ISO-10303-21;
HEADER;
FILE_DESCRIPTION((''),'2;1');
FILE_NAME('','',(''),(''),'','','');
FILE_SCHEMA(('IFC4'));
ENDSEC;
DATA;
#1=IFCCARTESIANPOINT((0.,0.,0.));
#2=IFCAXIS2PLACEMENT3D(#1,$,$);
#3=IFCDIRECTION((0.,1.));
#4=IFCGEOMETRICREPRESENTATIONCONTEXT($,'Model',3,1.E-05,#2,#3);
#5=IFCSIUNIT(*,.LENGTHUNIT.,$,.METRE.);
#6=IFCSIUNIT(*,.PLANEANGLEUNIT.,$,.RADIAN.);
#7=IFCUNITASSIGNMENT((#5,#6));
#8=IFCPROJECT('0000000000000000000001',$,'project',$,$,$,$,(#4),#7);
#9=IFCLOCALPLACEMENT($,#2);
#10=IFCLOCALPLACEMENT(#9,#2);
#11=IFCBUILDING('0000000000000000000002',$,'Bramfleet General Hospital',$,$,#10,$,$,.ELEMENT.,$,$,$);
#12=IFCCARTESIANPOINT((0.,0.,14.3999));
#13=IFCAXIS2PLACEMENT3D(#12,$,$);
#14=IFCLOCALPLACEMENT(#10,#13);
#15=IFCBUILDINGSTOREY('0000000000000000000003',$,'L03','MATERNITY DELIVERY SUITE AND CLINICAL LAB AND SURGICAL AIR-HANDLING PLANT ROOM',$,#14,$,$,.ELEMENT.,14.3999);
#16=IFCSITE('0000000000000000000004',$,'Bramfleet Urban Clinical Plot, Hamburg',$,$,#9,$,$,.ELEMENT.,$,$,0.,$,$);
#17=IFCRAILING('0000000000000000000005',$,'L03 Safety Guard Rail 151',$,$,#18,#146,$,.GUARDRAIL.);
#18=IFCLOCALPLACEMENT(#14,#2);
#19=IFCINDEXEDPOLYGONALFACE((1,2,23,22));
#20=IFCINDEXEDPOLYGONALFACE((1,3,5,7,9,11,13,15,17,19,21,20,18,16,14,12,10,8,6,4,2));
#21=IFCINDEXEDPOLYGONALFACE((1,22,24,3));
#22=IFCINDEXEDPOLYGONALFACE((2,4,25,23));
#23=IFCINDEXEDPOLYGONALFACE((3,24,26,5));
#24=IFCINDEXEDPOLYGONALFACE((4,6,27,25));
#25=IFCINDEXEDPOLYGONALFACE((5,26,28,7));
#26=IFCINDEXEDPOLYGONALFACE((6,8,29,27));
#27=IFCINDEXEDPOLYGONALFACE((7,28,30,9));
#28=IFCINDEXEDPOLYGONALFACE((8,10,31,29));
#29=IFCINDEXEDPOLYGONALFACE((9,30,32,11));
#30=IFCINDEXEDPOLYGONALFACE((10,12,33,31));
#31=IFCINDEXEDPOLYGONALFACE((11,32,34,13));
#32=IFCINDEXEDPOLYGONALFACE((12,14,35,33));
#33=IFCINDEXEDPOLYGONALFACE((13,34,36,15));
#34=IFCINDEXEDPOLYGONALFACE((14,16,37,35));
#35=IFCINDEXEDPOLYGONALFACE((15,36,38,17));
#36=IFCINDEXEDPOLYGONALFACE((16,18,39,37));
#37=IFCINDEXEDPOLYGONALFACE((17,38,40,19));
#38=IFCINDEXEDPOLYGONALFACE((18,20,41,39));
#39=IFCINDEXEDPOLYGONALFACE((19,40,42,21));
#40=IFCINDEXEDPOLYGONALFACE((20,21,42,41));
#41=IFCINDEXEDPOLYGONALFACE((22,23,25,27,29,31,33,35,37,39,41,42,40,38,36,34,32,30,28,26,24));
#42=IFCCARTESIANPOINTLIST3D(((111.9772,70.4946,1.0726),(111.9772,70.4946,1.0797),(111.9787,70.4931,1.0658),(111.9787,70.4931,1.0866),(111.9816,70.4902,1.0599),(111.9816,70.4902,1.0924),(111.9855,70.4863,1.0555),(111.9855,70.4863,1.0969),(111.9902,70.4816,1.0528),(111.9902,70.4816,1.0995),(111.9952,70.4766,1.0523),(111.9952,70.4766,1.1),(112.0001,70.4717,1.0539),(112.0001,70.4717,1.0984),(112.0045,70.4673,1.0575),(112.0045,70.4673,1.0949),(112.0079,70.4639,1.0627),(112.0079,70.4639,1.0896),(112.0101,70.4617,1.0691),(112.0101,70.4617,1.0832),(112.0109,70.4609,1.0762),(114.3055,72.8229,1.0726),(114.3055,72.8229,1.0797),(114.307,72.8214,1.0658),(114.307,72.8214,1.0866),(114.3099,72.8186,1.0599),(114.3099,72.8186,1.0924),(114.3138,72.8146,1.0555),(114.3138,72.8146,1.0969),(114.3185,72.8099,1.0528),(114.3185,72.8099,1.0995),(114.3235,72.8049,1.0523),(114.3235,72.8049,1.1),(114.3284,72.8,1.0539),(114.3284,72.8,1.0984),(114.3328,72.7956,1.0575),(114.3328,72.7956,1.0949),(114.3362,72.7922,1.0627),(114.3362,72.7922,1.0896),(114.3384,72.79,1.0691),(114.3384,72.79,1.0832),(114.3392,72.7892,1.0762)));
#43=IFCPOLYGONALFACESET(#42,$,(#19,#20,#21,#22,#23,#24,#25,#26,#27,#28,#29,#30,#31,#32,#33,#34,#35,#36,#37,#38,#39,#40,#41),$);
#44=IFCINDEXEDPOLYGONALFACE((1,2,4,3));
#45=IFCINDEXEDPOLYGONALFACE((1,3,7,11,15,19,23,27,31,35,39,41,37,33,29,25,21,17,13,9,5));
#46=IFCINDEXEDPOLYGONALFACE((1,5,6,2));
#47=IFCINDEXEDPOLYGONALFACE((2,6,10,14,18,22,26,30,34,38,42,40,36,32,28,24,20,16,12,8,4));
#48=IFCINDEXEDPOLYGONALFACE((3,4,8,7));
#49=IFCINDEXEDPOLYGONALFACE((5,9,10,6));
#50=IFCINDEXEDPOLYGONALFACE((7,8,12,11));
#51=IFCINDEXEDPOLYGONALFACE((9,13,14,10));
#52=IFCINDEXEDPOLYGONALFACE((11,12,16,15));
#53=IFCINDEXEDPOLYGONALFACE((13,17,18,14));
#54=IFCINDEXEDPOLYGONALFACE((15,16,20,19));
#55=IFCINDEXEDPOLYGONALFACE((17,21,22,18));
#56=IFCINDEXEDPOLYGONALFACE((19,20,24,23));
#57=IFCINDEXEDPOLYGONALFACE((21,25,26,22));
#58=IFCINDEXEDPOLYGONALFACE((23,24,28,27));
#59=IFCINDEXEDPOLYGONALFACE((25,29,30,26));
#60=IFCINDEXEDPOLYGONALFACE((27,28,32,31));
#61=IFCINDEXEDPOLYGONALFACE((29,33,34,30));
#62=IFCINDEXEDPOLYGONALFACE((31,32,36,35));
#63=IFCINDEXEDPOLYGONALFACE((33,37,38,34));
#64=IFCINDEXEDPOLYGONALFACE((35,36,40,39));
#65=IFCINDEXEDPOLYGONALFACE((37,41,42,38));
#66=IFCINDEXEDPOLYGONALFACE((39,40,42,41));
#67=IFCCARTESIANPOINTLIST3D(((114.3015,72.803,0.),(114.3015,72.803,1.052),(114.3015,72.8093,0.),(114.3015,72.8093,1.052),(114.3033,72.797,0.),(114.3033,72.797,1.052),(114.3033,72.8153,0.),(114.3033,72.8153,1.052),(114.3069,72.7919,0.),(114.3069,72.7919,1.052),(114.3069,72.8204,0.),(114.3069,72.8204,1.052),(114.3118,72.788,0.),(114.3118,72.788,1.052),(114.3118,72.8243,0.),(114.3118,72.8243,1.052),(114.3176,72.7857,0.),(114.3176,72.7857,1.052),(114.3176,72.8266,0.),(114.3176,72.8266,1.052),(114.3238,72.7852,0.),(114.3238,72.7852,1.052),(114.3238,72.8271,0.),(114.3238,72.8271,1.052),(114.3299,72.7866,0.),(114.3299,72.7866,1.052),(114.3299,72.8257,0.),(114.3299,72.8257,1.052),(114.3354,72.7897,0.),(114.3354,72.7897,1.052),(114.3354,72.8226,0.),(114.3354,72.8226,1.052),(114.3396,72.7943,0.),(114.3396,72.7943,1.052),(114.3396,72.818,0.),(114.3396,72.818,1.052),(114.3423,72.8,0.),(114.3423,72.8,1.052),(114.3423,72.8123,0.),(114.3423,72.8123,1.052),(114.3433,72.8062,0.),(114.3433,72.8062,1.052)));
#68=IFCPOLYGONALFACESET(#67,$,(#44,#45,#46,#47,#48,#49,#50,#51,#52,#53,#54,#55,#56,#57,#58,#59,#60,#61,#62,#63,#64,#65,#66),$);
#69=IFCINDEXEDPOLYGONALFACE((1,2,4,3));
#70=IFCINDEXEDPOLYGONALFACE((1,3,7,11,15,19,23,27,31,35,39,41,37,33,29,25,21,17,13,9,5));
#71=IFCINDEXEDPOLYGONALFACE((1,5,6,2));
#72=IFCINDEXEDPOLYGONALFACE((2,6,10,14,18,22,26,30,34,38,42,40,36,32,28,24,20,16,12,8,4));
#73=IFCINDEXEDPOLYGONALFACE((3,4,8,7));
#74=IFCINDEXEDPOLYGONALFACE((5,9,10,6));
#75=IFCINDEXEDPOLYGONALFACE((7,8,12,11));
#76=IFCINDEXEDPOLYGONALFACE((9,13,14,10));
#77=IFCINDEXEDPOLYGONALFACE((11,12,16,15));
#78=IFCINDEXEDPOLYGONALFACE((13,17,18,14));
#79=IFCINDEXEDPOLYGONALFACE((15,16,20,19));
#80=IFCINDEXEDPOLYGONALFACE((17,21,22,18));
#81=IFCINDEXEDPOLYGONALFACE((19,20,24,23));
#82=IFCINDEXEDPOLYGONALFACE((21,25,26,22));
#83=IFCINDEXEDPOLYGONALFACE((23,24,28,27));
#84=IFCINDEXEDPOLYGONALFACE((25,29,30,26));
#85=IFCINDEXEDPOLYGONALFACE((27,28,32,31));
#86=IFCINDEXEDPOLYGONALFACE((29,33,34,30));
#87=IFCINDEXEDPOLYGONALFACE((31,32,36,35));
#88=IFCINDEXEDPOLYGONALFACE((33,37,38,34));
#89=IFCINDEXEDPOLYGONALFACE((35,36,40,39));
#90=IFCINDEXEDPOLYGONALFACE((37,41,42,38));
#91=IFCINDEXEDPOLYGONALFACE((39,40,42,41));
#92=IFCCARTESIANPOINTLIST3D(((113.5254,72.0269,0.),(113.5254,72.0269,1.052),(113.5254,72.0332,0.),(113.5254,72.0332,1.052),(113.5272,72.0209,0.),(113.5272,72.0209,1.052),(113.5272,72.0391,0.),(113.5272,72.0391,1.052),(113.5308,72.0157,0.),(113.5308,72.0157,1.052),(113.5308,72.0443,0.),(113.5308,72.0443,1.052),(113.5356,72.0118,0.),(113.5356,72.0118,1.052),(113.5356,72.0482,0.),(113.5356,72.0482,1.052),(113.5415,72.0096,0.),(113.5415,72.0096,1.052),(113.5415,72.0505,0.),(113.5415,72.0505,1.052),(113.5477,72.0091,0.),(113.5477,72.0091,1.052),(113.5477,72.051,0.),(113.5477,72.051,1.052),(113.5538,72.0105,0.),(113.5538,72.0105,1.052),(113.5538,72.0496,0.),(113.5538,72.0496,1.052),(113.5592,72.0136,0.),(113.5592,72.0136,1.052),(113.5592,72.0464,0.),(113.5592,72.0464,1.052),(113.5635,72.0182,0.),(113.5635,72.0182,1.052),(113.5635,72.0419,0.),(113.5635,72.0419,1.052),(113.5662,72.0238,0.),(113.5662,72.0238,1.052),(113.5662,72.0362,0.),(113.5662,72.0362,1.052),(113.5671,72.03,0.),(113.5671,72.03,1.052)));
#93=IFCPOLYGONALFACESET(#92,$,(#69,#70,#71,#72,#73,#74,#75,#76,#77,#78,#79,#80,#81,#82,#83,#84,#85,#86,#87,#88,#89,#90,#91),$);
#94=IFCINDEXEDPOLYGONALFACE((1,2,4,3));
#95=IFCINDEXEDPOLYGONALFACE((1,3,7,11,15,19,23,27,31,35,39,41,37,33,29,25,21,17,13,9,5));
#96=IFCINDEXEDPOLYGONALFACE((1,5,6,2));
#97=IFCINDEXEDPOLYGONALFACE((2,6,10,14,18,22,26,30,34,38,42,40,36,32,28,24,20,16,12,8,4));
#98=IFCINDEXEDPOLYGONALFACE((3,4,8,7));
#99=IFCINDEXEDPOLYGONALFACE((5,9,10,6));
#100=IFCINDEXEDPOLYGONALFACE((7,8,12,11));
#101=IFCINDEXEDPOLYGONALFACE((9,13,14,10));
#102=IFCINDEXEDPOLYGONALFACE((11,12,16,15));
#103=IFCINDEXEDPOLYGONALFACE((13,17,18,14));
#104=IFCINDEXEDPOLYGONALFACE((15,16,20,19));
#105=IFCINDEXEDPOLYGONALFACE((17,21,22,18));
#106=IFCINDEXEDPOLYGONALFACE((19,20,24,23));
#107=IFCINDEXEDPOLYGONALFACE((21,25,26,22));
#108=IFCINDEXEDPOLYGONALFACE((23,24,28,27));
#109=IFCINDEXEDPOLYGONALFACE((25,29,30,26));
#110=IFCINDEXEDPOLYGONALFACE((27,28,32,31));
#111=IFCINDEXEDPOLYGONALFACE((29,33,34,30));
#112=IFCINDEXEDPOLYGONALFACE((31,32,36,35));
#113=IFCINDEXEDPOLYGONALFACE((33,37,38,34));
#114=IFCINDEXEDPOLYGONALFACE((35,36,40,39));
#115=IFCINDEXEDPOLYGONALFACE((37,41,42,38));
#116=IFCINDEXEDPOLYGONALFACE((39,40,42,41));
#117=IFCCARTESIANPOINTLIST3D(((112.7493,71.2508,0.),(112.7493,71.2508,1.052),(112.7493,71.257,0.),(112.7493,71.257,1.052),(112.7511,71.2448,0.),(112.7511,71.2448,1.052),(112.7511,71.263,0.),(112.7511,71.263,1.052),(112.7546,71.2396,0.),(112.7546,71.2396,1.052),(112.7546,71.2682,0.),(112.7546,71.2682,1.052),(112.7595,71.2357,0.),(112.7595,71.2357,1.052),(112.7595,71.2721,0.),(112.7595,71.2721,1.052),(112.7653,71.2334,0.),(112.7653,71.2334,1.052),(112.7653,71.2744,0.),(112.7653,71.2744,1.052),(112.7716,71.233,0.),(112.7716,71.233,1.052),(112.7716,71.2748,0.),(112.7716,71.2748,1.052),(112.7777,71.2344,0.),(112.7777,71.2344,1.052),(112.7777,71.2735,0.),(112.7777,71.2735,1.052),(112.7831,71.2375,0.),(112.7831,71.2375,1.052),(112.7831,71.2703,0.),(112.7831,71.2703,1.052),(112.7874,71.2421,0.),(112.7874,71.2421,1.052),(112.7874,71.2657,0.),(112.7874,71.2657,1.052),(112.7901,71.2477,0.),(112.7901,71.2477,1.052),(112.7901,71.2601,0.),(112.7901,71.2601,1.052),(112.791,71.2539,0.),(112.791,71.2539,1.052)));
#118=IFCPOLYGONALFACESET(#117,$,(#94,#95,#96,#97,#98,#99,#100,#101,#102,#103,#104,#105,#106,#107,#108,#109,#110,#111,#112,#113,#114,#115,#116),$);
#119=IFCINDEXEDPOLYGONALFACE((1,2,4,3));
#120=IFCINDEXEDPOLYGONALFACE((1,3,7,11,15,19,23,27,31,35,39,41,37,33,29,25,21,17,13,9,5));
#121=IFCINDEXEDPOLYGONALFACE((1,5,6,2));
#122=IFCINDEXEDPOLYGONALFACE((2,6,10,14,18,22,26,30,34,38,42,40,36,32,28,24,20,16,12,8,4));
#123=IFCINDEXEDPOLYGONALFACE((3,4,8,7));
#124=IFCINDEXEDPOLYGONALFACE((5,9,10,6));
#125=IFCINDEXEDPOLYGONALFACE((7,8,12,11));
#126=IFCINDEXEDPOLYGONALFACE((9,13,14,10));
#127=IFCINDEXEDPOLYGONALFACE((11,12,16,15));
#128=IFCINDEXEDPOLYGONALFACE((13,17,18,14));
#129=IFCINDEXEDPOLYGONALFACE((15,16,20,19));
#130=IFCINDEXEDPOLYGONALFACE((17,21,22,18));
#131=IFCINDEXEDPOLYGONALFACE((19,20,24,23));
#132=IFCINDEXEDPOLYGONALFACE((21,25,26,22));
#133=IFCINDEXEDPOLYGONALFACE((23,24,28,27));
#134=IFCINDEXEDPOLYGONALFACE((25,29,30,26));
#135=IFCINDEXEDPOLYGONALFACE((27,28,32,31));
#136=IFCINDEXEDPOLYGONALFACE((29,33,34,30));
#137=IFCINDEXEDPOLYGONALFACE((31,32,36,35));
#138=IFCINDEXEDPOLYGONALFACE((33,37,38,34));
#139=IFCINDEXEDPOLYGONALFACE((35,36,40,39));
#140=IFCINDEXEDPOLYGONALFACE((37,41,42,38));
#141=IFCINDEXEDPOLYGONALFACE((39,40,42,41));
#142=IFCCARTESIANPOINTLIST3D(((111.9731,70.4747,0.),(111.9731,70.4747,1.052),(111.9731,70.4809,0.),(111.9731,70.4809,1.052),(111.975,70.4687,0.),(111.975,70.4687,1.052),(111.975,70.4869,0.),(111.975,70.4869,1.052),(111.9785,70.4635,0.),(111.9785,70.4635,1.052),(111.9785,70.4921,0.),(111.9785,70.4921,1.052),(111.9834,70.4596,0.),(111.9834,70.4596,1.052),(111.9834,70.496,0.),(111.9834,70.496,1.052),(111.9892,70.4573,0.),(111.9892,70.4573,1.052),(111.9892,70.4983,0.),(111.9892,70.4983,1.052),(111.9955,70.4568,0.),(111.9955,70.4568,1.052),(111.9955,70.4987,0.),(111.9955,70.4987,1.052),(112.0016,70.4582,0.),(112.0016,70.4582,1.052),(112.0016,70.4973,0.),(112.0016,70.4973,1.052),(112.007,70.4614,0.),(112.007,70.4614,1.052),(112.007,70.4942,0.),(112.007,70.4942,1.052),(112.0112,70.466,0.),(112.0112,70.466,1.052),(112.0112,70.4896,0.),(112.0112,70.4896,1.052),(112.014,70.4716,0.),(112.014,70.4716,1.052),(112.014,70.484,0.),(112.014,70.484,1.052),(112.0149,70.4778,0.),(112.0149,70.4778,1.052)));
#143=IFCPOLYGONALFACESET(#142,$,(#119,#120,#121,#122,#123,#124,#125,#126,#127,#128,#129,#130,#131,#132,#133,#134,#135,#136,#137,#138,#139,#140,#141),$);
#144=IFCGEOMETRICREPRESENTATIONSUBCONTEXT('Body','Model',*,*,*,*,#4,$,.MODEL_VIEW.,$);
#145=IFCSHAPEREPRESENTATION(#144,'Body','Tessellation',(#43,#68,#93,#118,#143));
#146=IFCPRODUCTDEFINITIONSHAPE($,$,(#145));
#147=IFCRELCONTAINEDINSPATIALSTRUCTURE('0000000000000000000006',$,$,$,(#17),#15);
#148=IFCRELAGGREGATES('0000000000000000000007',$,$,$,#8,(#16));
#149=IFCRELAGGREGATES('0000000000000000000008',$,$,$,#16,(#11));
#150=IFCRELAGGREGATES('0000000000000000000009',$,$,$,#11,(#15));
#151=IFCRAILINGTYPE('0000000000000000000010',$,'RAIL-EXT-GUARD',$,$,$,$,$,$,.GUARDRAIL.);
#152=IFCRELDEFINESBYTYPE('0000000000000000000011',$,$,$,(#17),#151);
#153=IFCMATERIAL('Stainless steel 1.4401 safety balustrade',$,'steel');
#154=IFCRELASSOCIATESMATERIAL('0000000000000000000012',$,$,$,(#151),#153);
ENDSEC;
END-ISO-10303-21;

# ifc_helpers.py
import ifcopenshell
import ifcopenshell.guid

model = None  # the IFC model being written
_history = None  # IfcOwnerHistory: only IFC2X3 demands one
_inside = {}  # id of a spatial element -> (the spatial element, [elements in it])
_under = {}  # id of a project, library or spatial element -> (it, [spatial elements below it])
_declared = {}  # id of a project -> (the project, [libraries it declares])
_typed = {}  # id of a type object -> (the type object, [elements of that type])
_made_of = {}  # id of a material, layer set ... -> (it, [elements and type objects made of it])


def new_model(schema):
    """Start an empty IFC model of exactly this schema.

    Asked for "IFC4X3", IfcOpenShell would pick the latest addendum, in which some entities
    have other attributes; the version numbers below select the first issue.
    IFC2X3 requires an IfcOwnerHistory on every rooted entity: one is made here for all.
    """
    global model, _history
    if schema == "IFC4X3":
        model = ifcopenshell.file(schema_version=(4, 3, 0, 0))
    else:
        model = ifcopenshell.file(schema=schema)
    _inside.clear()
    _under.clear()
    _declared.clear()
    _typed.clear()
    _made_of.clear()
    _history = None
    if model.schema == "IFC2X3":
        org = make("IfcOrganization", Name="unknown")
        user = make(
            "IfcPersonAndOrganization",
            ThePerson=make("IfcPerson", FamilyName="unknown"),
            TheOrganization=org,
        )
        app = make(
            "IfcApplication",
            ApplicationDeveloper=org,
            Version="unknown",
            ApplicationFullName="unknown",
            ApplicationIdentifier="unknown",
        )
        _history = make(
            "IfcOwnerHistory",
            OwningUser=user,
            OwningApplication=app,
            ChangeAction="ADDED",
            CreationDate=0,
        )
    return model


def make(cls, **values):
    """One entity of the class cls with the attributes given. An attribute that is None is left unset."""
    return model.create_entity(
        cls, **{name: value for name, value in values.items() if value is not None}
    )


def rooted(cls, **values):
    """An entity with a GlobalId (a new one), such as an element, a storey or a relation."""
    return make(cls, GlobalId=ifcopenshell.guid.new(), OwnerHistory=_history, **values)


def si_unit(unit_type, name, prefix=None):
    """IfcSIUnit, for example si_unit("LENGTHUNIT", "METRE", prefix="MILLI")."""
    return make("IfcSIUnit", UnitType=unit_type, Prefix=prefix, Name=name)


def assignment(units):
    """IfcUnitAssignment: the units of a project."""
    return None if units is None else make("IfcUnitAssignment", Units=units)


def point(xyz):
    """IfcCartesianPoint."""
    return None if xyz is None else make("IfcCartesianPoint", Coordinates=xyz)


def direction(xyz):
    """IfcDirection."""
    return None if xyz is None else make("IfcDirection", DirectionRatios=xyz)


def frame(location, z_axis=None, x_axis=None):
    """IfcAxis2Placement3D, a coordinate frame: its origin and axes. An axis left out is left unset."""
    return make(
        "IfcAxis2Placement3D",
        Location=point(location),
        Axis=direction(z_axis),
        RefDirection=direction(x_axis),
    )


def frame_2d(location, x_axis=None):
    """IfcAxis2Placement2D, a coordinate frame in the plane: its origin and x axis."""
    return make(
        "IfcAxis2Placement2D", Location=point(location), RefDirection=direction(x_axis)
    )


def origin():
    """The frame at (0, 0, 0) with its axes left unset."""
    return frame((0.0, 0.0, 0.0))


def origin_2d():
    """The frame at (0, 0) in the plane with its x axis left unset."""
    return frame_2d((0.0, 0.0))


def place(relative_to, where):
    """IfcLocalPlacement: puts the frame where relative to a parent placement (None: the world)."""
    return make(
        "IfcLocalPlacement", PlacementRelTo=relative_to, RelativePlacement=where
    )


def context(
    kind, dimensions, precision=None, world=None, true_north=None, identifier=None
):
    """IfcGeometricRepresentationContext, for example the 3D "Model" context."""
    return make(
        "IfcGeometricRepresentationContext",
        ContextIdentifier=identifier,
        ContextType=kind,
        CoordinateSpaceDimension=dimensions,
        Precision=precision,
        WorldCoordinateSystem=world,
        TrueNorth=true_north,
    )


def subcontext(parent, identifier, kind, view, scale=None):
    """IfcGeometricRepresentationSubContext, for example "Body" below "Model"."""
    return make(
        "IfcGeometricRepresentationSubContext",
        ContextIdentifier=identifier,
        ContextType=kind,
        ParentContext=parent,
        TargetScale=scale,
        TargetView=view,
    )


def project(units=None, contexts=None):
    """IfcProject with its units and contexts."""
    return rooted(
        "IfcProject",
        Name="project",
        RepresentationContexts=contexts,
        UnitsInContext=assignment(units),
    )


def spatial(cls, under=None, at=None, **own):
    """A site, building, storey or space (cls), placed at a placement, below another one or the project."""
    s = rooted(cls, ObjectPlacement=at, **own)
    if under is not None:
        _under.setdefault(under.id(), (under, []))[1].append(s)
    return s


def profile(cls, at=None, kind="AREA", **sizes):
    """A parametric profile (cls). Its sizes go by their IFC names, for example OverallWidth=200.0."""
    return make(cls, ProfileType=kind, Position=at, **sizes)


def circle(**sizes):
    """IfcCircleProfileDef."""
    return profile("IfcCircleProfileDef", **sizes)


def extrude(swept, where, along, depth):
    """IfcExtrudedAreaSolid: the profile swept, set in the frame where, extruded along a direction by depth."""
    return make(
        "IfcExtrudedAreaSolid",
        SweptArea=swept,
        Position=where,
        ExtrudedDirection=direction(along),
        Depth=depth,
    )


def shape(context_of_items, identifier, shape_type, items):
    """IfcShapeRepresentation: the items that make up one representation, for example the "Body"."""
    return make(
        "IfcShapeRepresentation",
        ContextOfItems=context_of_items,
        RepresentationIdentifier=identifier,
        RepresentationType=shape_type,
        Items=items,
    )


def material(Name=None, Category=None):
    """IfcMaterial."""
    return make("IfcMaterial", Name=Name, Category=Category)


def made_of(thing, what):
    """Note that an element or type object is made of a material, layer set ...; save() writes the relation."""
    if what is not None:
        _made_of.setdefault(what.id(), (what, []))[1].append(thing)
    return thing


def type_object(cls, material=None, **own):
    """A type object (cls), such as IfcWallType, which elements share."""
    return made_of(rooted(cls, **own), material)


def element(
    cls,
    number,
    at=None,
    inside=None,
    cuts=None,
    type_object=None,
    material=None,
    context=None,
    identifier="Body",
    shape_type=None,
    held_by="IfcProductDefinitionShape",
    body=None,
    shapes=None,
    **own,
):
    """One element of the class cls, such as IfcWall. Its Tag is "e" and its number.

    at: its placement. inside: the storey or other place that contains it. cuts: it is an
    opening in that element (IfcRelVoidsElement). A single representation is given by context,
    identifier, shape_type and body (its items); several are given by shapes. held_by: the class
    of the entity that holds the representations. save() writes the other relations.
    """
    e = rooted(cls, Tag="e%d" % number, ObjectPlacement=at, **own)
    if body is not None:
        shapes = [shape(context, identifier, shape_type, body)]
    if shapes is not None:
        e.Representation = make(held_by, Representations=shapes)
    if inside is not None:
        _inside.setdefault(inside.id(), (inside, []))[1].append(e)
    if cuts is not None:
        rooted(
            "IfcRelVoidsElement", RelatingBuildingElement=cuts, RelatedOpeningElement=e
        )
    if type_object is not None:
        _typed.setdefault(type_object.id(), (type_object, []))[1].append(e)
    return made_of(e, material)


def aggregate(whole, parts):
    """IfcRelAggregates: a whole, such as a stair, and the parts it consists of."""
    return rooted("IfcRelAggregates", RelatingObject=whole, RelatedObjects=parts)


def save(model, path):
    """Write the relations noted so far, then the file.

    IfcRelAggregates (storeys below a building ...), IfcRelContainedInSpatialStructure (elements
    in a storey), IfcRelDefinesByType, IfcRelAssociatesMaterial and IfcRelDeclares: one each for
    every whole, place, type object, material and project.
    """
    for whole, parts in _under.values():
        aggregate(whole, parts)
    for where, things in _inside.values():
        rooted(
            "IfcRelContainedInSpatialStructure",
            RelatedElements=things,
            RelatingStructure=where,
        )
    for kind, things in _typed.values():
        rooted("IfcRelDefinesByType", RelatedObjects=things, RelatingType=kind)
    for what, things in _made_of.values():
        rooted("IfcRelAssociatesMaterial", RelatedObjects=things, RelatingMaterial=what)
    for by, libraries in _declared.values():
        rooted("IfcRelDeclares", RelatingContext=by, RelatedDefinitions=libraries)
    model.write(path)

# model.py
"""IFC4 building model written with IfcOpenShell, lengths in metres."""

from ifc_helpers import new_model, si_unit, direction, frame, origin, origin_2d, place, context, subcontext, project, spatial, circle, extrude, material, type_object, element, save


model = new_model("IFC4")

# Units and contexts
model_context = context("Model", 3, precision=1e-05, world=origin(), true_north=direction((0.0, 1.0)))
body_context = subcontext(model_context, "Body", "Model", "MODEL_VIEW")
ifc_project = project(units=[si_unit("LENGTHUNIT", "METRE"), si_unit("PLANEANGLEUNIT", "RADIAN")], contexts=[model_context])

# Site, building, storey
site_placement = place(None, origin())
site = spatial("IfcSite", under=ifc_project, at=site_placement, Name="Bramfleet Urban Clinical Plot, Hamburg", CompositionType="ELEMENT", RefElevation=0.0)
building_placement = place(site_placement, origin())
building = spatial("IfcBuilding", under=site, at=building_placement, Name="Bramfleet General Hospital", CompositionType="ELEMENT")
storey_placement = place(building_placement, frame((0.0, 0.0, 14.3999)))
storey = spatial("IfcBuildingStorey", under=building, at=storey_placement, Name="L03", Description="MATERNITY DELIVERY SUITE AND CLINICAL LAB AND SURGICAL AIR-HANDLING PLANT ROOM", CompositionType="ELEMENT", Elevation=14.3999)

# Railing
ifc_material_1 = material(Name="Stainless steel 1.4401 safety balustrade", Category="steel")
railing_type = type_object("IfcRailingType", Name="RAIL-EXT-GUARD", PredefinedType="GUARDRAIL", material=ifc_material_1)
railing_1_placement = place(storey_placement, frame((114.3223, 72.8062, 0.0)))
element("IfcRailing", 1, at=railing_1_placement, inside=storey, type_object=railing_type, Name="L03 Safety Guard Rail 151", PredefinedType="GUARDRAIL", context=body_context, shape_type="SweptSolid", body=[
    extrude(circle(Radius=0.0239, at=origin_2d()), frame((0.0, 0.0, 1.0762), z_axis=(-0.707107, -0.707107, 0.0), x_axis=(0.707107, -0.707107, 0.0)), (0.0, 0.0, 1.0), 3.2927),
    extrude(circle(Radius=0.021, at=origin_2d()), origin(), (0.0, 0.0, 1.0), 1.052),
    extrude(circle(Radius=0.021, at=origin_2d()), frame((-0.7761, -0.7761, 0.0)), (0.0, 0.0, 1.0), 1.052),
    extrude(circle(Radius=0.021, at=origin_2d()), frame((-1.5522, -1.5522, 0.0)), (0.0, 0.0, 1.0), 1.052),
    extrude(circle(Radius=0.021, at=origin_2d()), frame((-2.3284, -2.3284, 0.0)), (0.0, 0.0, 1.0), 1.052),
])

save(model, "model.ifc")
